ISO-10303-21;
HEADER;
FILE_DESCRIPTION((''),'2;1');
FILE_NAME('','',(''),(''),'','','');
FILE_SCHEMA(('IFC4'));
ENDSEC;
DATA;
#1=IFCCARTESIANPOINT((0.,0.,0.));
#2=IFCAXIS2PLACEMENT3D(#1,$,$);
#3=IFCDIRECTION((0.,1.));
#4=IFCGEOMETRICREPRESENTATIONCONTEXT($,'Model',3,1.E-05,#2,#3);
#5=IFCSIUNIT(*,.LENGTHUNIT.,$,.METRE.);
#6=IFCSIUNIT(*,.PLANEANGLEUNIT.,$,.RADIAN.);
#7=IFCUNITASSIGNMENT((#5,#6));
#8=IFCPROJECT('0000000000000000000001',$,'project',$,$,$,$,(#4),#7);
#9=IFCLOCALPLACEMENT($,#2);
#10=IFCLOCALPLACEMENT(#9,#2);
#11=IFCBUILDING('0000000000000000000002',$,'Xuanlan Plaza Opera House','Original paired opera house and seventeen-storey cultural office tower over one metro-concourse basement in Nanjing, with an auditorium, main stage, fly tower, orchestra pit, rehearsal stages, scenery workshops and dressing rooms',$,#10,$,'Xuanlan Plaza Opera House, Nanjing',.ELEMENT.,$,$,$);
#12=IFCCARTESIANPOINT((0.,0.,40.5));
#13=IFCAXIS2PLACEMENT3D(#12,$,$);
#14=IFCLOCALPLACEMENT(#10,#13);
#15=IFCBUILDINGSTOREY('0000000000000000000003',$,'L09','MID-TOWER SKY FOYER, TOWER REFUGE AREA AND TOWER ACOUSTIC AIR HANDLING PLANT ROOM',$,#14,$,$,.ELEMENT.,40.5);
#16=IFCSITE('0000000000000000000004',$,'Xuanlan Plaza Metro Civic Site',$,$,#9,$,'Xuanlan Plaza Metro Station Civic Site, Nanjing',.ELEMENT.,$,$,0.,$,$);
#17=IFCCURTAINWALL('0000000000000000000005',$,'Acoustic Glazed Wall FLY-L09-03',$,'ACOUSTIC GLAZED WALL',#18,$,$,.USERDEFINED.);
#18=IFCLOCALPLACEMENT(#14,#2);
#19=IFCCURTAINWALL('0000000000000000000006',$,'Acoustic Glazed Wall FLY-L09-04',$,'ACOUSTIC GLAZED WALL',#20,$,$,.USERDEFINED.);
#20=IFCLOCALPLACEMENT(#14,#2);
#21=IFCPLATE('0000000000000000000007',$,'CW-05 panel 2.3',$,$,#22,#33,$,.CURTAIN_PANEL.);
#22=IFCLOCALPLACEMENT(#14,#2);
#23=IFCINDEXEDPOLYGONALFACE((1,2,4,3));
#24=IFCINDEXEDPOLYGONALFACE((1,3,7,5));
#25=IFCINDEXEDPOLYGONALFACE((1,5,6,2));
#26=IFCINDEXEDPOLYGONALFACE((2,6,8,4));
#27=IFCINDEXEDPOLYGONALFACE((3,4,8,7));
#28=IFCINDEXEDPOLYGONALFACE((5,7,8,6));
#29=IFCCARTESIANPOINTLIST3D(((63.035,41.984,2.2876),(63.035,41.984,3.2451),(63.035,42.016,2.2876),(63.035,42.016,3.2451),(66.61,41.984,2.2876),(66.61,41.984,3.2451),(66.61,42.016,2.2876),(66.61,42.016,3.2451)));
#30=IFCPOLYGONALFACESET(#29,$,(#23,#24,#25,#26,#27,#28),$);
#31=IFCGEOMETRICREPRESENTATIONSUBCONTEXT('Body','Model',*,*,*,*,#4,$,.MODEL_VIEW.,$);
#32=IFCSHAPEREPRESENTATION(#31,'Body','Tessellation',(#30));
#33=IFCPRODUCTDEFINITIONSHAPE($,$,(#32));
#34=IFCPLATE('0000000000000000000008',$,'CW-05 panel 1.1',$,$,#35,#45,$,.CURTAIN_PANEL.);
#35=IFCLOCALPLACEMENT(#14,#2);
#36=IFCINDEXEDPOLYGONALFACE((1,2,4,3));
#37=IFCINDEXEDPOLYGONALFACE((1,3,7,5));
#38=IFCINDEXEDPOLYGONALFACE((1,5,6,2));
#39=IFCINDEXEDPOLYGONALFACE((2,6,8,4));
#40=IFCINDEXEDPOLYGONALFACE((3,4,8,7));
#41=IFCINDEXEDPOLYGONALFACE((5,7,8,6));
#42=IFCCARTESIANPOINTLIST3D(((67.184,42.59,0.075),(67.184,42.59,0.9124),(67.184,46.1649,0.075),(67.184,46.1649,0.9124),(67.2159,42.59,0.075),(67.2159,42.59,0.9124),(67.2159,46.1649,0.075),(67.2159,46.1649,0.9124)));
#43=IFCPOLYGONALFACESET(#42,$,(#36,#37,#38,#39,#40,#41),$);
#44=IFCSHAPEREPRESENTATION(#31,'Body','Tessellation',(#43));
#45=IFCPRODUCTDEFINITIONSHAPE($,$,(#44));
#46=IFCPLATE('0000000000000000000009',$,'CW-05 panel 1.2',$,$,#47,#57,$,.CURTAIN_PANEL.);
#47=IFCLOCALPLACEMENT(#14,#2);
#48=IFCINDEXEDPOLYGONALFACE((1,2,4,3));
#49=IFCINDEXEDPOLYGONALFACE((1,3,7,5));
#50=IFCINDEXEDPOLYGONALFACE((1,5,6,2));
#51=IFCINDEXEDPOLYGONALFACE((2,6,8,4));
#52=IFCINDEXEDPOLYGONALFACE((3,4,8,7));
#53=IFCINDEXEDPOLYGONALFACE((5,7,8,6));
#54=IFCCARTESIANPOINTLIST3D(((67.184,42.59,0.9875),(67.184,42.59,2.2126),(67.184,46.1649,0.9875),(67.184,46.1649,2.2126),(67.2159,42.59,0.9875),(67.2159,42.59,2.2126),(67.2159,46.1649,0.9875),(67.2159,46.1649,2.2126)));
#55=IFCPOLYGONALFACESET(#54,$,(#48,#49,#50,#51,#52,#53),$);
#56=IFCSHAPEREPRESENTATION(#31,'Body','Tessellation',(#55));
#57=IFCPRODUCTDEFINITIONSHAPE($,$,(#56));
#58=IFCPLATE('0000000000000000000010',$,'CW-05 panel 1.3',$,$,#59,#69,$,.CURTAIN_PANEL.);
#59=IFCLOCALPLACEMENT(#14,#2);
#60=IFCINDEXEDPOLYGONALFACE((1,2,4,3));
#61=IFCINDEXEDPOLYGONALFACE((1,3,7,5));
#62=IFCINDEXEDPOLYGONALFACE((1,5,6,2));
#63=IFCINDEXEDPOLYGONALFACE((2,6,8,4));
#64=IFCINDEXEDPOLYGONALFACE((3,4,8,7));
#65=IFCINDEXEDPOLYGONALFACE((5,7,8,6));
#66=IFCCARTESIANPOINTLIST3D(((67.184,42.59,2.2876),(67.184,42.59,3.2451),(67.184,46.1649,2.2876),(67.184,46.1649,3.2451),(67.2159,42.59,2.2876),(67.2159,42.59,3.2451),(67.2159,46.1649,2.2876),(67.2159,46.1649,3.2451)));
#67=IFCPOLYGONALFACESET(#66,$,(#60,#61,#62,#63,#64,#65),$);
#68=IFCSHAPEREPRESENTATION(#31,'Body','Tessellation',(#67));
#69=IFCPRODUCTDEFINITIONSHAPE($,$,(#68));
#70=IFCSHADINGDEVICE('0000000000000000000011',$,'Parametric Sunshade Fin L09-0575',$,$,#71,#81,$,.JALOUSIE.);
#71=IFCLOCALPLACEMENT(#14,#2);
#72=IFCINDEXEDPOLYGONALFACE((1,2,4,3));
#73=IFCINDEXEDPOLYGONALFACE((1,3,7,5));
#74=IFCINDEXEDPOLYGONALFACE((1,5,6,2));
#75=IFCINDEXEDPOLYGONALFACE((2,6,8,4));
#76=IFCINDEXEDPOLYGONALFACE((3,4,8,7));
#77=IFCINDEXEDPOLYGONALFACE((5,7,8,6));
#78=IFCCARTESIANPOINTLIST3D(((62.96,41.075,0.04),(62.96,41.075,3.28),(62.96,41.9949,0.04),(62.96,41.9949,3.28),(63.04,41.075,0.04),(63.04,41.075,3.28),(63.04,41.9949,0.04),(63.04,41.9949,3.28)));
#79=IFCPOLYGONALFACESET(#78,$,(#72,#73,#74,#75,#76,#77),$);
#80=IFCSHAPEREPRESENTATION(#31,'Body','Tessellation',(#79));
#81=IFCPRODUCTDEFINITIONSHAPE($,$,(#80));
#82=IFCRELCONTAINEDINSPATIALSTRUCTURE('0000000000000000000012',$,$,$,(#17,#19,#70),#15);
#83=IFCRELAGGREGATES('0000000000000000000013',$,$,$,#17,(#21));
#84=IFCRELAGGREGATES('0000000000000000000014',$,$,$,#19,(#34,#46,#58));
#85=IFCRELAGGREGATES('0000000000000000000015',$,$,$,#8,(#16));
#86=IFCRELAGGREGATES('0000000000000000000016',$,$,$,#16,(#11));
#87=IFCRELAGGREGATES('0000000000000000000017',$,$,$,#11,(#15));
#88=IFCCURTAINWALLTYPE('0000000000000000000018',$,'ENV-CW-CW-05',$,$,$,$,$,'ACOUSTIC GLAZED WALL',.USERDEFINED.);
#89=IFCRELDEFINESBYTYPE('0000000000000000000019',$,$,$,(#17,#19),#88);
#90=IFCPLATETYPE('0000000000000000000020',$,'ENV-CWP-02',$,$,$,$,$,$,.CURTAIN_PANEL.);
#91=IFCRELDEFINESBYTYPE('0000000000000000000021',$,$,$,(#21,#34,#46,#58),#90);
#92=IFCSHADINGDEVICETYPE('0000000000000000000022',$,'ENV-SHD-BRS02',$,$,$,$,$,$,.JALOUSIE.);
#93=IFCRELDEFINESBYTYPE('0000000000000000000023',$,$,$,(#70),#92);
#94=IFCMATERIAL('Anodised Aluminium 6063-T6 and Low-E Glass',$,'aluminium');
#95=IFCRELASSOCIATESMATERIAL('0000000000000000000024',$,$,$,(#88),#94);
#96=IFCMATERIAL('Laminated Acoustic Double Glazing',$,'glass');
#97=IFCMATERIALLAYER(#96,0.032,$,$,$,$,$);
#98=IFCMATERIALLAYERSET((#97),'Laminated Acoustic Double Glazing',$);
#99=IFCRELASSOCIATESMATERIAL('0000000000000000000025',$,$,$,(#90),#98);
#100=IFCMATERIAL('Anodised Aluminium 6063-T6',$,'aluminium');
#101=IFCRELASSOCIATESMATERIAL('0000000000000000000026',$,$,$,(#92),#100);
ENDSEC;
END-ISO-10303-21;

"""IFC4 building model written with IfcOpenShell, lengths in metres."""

from ifc_helpers import new_model, si_unit, direction, frame, origin, origin_2d, place, context, subcontext, project, spatial, rectangle, extrude, material, layer, layer_set, type_object, element, aggregate, save


model = new_model("IFC4")

# Units and contexts
model_context = context("Model", 3, precision=1e-05, world=origin(), true_north=direction((0.0, 1.0)))
body_context = subcontext(model_context, "Body", "Model", "MODEL_VIEW")
ifc_project = project(units=[si_unit("LENGTHUNIT", "METRE"), si_unit("PLANEANGLEUNIT", "RADIAN")], contexts=[model_context])

# Site, building, storey
site_placement = place(None, origin())
site = spatial("IfcSite", under=ifc_project, at=site_placement, Name="Xuanlan Plaza Metro Civic Site", LongName="Xuanlan Plaza Metro Station Civic Site, Nanjing", CompositionType="ELEMENT", RefElevation=0.0)
building_placement = place(site_placement, origin())
building = spatial("IfcBuilding", under=site, at=building_placement, Name="Xuanlan Plaza Opera House", Description="Original paired opera house and seventeen-storey cultural office tower over one metro-concourse basement in Nanjing, with an auditorium, main stage, fly tower, orchestra pit, rehearsal stages, scenery workshops and dressing rooms", LongName="Xuanlan Plaza Opera House, Nanjing", CompositionType="ELEMENT")
storey_placement = place(building_placement, frame((0.0, 0.0, 40.5)))
storey = spatial("IfcBuildingStorey", under=building, at=storey_placement, Name="L09", Description="MID-TOWER SKY FOYER, TOWER REFUGE AREA AND TOWER ACOUSTIC AIR HANDLING PLANT ROOM", CompositionType="ELEMENT", Elevation=40.5)

# Curtain walls
ifc_material_1 = material(Name="Anodised Aluminium 6063-T6 and Low-E Glass", Category="aluminium")
curtain_wall_type = type_object("IfcCurtainWallType", Name="ENV-CW-CW-05", ElementType="ACOUSTIC GLAZED WALL", PredefinedType="USERDEFINED", material=ifc_material_1)
curtain_wall_1_placement = place(storey_placement, origin())
curtain_wall_1 = element("IfcCurtainWall", 1, at=curtain_wall_1_placement, inside=storey, type_object=curtain_wall_type, Name="Acoustic Glazed Wall FLY-L09-03", ObjectType="ACOUSTIC GLAZED WALL", PredefinedType="USERDEFINED")
ifc_material_2 = material(Name="Anodised Aluminium 6063-T6", Category="aluminium")
curtain_wall_2_placement = place(storey_placement, origin())
curtain_wall_2 = element("IfcCurtainWall", 2, at=curtain_wall_2_placement, inside=storey, type_object=curtain_wall_type, Name="Acoustic Glazed Wall FLY-L09-04", ObjectType="ACOUSTIC GLAZED WALL", PredefinedType="USERDEFINED")

# Plates
ifc_material_3 = material(Name="Laminated Acoustic Double Glazing", Category="glass")
ifc_layer = layer(ifc_material_3, 0.032)
ifc_layer_set = layer_set([ifc_layer], Name="Laminated Acoustic Double Glazing")
plate_type = type_object("IfcPlateType", Name="ENV-CWP-02", PredefinedType="CURTAIN_PANEL", material=ifc_layer_set)
plate_1_placement = place(storey_placement, frame((64.8225, 42.0, 2.2876), z_axis=(0.0, 0.0, 1.0), x_axis=(1.0, 0.0, 0.0)))
plate_1 = element("IfcPlate", 3, at=plate_1_placement, type_object=plate_type, Name="CW-05 panel 2.3", PredefinedType="CURTAIN_PANEL", context=body_context, shape_type="SweptSolid", body=[
    extrude(rectangle(XDim=3.575, YDim=0.032, at=origin_2d()), origin(), (0.0, 0.0, 1.0), 0.9575),
])
aggregate(curtain_wall_1, [plate_1])
plate_2_placement = place(storey_placement, frame((67.2, 44.3774, 0.075), z_axis=(0.0, 0.0, 1.0), x_axis=(0.0, 1.0, 0.0)))
plate_2 = element("IfcPlate", 4, at=plate_2_placement, type_object=plate_type, Name="CW-05 panel 1.1", PredefinedType="CURTAIN_PANEL", context=body_context, shape_type="SweptSolid", body=[
    extrude(rectangle(XDim=3.575, YDim=0.032, at=origin_2d()), origin(), (0.0, 0.0, 1.0), 0.8374),
])
plate_3_placement = place(storey_placement, frame((67.2, 44.3774, 0.9875), z_axis=(0.0, 0.0, 1.0), x_axis=(0.0, 1.0, 0.0)))
plate_3 = element("IfcPlate", 5, at=plate_3_placement, type_object=plate_type, Name="CW-05 panel 1.2", PredefinedType="CURTAIN_PANEL", context=body_context, shape_type="SweptSolid", body=[
    extrude(rectangle(XDim=3.575, YDim=0.032, at=origin_2d()), origin(), (0.0, 0.0, 1.0), 1.2251),
])
plate_4_placement = place(storey_placement, frame((67.2, 44.3774, 2.2876), z_axis=(0.0, 0.0, 1.0), x_axis=(0.0, 1.0, 0.0)))
plate_4 = element("IfcPlate", 6, at=plate_4_placement, type_object=plate_type, Name="CW-05 panel 1.3", PredefinedType="CURTAIN_PANEL", context=body_context, shape_type="SweptSolid", body=[
    extrude(rectangle(XDim=3.575, YDim=0.032, at=origin_2d()), origin(), (0.0, 0.0, 1.0), 0.9575),
])
aggregate(curtain_wall_2, [plate_2, plate_3, plate_4])

# Shading device
shading_device_type = type_object("IfcShadingDeviceType", Name="ENV-SHD-BRS02", PredefinedType="JALOUSIE", material=ifc_material_2)
shading_device_placement = place(storey_placement, frame((63.0, 41.5349, 0.04), z_axis=(0.0, 0.0, 1.0), x_axis=(0.0, -1.0, 0.0)))
element("IfcShadingDevice", 7, at=shading_device_placement, inside=storey, type_object=shading_device_type, Name="Parametric Sunshade Fin L09-0575", PredefinedType="JALOUSIE", context=body_context, shape_type="SweptSolid", body=[
    extrude(rectangle(XDim=0.9199, YDim=0.0801, at=origin_2d()), origin(), (0.0, 0.0, 1.0), 3.24),
])

save(model, "model.ifc")
